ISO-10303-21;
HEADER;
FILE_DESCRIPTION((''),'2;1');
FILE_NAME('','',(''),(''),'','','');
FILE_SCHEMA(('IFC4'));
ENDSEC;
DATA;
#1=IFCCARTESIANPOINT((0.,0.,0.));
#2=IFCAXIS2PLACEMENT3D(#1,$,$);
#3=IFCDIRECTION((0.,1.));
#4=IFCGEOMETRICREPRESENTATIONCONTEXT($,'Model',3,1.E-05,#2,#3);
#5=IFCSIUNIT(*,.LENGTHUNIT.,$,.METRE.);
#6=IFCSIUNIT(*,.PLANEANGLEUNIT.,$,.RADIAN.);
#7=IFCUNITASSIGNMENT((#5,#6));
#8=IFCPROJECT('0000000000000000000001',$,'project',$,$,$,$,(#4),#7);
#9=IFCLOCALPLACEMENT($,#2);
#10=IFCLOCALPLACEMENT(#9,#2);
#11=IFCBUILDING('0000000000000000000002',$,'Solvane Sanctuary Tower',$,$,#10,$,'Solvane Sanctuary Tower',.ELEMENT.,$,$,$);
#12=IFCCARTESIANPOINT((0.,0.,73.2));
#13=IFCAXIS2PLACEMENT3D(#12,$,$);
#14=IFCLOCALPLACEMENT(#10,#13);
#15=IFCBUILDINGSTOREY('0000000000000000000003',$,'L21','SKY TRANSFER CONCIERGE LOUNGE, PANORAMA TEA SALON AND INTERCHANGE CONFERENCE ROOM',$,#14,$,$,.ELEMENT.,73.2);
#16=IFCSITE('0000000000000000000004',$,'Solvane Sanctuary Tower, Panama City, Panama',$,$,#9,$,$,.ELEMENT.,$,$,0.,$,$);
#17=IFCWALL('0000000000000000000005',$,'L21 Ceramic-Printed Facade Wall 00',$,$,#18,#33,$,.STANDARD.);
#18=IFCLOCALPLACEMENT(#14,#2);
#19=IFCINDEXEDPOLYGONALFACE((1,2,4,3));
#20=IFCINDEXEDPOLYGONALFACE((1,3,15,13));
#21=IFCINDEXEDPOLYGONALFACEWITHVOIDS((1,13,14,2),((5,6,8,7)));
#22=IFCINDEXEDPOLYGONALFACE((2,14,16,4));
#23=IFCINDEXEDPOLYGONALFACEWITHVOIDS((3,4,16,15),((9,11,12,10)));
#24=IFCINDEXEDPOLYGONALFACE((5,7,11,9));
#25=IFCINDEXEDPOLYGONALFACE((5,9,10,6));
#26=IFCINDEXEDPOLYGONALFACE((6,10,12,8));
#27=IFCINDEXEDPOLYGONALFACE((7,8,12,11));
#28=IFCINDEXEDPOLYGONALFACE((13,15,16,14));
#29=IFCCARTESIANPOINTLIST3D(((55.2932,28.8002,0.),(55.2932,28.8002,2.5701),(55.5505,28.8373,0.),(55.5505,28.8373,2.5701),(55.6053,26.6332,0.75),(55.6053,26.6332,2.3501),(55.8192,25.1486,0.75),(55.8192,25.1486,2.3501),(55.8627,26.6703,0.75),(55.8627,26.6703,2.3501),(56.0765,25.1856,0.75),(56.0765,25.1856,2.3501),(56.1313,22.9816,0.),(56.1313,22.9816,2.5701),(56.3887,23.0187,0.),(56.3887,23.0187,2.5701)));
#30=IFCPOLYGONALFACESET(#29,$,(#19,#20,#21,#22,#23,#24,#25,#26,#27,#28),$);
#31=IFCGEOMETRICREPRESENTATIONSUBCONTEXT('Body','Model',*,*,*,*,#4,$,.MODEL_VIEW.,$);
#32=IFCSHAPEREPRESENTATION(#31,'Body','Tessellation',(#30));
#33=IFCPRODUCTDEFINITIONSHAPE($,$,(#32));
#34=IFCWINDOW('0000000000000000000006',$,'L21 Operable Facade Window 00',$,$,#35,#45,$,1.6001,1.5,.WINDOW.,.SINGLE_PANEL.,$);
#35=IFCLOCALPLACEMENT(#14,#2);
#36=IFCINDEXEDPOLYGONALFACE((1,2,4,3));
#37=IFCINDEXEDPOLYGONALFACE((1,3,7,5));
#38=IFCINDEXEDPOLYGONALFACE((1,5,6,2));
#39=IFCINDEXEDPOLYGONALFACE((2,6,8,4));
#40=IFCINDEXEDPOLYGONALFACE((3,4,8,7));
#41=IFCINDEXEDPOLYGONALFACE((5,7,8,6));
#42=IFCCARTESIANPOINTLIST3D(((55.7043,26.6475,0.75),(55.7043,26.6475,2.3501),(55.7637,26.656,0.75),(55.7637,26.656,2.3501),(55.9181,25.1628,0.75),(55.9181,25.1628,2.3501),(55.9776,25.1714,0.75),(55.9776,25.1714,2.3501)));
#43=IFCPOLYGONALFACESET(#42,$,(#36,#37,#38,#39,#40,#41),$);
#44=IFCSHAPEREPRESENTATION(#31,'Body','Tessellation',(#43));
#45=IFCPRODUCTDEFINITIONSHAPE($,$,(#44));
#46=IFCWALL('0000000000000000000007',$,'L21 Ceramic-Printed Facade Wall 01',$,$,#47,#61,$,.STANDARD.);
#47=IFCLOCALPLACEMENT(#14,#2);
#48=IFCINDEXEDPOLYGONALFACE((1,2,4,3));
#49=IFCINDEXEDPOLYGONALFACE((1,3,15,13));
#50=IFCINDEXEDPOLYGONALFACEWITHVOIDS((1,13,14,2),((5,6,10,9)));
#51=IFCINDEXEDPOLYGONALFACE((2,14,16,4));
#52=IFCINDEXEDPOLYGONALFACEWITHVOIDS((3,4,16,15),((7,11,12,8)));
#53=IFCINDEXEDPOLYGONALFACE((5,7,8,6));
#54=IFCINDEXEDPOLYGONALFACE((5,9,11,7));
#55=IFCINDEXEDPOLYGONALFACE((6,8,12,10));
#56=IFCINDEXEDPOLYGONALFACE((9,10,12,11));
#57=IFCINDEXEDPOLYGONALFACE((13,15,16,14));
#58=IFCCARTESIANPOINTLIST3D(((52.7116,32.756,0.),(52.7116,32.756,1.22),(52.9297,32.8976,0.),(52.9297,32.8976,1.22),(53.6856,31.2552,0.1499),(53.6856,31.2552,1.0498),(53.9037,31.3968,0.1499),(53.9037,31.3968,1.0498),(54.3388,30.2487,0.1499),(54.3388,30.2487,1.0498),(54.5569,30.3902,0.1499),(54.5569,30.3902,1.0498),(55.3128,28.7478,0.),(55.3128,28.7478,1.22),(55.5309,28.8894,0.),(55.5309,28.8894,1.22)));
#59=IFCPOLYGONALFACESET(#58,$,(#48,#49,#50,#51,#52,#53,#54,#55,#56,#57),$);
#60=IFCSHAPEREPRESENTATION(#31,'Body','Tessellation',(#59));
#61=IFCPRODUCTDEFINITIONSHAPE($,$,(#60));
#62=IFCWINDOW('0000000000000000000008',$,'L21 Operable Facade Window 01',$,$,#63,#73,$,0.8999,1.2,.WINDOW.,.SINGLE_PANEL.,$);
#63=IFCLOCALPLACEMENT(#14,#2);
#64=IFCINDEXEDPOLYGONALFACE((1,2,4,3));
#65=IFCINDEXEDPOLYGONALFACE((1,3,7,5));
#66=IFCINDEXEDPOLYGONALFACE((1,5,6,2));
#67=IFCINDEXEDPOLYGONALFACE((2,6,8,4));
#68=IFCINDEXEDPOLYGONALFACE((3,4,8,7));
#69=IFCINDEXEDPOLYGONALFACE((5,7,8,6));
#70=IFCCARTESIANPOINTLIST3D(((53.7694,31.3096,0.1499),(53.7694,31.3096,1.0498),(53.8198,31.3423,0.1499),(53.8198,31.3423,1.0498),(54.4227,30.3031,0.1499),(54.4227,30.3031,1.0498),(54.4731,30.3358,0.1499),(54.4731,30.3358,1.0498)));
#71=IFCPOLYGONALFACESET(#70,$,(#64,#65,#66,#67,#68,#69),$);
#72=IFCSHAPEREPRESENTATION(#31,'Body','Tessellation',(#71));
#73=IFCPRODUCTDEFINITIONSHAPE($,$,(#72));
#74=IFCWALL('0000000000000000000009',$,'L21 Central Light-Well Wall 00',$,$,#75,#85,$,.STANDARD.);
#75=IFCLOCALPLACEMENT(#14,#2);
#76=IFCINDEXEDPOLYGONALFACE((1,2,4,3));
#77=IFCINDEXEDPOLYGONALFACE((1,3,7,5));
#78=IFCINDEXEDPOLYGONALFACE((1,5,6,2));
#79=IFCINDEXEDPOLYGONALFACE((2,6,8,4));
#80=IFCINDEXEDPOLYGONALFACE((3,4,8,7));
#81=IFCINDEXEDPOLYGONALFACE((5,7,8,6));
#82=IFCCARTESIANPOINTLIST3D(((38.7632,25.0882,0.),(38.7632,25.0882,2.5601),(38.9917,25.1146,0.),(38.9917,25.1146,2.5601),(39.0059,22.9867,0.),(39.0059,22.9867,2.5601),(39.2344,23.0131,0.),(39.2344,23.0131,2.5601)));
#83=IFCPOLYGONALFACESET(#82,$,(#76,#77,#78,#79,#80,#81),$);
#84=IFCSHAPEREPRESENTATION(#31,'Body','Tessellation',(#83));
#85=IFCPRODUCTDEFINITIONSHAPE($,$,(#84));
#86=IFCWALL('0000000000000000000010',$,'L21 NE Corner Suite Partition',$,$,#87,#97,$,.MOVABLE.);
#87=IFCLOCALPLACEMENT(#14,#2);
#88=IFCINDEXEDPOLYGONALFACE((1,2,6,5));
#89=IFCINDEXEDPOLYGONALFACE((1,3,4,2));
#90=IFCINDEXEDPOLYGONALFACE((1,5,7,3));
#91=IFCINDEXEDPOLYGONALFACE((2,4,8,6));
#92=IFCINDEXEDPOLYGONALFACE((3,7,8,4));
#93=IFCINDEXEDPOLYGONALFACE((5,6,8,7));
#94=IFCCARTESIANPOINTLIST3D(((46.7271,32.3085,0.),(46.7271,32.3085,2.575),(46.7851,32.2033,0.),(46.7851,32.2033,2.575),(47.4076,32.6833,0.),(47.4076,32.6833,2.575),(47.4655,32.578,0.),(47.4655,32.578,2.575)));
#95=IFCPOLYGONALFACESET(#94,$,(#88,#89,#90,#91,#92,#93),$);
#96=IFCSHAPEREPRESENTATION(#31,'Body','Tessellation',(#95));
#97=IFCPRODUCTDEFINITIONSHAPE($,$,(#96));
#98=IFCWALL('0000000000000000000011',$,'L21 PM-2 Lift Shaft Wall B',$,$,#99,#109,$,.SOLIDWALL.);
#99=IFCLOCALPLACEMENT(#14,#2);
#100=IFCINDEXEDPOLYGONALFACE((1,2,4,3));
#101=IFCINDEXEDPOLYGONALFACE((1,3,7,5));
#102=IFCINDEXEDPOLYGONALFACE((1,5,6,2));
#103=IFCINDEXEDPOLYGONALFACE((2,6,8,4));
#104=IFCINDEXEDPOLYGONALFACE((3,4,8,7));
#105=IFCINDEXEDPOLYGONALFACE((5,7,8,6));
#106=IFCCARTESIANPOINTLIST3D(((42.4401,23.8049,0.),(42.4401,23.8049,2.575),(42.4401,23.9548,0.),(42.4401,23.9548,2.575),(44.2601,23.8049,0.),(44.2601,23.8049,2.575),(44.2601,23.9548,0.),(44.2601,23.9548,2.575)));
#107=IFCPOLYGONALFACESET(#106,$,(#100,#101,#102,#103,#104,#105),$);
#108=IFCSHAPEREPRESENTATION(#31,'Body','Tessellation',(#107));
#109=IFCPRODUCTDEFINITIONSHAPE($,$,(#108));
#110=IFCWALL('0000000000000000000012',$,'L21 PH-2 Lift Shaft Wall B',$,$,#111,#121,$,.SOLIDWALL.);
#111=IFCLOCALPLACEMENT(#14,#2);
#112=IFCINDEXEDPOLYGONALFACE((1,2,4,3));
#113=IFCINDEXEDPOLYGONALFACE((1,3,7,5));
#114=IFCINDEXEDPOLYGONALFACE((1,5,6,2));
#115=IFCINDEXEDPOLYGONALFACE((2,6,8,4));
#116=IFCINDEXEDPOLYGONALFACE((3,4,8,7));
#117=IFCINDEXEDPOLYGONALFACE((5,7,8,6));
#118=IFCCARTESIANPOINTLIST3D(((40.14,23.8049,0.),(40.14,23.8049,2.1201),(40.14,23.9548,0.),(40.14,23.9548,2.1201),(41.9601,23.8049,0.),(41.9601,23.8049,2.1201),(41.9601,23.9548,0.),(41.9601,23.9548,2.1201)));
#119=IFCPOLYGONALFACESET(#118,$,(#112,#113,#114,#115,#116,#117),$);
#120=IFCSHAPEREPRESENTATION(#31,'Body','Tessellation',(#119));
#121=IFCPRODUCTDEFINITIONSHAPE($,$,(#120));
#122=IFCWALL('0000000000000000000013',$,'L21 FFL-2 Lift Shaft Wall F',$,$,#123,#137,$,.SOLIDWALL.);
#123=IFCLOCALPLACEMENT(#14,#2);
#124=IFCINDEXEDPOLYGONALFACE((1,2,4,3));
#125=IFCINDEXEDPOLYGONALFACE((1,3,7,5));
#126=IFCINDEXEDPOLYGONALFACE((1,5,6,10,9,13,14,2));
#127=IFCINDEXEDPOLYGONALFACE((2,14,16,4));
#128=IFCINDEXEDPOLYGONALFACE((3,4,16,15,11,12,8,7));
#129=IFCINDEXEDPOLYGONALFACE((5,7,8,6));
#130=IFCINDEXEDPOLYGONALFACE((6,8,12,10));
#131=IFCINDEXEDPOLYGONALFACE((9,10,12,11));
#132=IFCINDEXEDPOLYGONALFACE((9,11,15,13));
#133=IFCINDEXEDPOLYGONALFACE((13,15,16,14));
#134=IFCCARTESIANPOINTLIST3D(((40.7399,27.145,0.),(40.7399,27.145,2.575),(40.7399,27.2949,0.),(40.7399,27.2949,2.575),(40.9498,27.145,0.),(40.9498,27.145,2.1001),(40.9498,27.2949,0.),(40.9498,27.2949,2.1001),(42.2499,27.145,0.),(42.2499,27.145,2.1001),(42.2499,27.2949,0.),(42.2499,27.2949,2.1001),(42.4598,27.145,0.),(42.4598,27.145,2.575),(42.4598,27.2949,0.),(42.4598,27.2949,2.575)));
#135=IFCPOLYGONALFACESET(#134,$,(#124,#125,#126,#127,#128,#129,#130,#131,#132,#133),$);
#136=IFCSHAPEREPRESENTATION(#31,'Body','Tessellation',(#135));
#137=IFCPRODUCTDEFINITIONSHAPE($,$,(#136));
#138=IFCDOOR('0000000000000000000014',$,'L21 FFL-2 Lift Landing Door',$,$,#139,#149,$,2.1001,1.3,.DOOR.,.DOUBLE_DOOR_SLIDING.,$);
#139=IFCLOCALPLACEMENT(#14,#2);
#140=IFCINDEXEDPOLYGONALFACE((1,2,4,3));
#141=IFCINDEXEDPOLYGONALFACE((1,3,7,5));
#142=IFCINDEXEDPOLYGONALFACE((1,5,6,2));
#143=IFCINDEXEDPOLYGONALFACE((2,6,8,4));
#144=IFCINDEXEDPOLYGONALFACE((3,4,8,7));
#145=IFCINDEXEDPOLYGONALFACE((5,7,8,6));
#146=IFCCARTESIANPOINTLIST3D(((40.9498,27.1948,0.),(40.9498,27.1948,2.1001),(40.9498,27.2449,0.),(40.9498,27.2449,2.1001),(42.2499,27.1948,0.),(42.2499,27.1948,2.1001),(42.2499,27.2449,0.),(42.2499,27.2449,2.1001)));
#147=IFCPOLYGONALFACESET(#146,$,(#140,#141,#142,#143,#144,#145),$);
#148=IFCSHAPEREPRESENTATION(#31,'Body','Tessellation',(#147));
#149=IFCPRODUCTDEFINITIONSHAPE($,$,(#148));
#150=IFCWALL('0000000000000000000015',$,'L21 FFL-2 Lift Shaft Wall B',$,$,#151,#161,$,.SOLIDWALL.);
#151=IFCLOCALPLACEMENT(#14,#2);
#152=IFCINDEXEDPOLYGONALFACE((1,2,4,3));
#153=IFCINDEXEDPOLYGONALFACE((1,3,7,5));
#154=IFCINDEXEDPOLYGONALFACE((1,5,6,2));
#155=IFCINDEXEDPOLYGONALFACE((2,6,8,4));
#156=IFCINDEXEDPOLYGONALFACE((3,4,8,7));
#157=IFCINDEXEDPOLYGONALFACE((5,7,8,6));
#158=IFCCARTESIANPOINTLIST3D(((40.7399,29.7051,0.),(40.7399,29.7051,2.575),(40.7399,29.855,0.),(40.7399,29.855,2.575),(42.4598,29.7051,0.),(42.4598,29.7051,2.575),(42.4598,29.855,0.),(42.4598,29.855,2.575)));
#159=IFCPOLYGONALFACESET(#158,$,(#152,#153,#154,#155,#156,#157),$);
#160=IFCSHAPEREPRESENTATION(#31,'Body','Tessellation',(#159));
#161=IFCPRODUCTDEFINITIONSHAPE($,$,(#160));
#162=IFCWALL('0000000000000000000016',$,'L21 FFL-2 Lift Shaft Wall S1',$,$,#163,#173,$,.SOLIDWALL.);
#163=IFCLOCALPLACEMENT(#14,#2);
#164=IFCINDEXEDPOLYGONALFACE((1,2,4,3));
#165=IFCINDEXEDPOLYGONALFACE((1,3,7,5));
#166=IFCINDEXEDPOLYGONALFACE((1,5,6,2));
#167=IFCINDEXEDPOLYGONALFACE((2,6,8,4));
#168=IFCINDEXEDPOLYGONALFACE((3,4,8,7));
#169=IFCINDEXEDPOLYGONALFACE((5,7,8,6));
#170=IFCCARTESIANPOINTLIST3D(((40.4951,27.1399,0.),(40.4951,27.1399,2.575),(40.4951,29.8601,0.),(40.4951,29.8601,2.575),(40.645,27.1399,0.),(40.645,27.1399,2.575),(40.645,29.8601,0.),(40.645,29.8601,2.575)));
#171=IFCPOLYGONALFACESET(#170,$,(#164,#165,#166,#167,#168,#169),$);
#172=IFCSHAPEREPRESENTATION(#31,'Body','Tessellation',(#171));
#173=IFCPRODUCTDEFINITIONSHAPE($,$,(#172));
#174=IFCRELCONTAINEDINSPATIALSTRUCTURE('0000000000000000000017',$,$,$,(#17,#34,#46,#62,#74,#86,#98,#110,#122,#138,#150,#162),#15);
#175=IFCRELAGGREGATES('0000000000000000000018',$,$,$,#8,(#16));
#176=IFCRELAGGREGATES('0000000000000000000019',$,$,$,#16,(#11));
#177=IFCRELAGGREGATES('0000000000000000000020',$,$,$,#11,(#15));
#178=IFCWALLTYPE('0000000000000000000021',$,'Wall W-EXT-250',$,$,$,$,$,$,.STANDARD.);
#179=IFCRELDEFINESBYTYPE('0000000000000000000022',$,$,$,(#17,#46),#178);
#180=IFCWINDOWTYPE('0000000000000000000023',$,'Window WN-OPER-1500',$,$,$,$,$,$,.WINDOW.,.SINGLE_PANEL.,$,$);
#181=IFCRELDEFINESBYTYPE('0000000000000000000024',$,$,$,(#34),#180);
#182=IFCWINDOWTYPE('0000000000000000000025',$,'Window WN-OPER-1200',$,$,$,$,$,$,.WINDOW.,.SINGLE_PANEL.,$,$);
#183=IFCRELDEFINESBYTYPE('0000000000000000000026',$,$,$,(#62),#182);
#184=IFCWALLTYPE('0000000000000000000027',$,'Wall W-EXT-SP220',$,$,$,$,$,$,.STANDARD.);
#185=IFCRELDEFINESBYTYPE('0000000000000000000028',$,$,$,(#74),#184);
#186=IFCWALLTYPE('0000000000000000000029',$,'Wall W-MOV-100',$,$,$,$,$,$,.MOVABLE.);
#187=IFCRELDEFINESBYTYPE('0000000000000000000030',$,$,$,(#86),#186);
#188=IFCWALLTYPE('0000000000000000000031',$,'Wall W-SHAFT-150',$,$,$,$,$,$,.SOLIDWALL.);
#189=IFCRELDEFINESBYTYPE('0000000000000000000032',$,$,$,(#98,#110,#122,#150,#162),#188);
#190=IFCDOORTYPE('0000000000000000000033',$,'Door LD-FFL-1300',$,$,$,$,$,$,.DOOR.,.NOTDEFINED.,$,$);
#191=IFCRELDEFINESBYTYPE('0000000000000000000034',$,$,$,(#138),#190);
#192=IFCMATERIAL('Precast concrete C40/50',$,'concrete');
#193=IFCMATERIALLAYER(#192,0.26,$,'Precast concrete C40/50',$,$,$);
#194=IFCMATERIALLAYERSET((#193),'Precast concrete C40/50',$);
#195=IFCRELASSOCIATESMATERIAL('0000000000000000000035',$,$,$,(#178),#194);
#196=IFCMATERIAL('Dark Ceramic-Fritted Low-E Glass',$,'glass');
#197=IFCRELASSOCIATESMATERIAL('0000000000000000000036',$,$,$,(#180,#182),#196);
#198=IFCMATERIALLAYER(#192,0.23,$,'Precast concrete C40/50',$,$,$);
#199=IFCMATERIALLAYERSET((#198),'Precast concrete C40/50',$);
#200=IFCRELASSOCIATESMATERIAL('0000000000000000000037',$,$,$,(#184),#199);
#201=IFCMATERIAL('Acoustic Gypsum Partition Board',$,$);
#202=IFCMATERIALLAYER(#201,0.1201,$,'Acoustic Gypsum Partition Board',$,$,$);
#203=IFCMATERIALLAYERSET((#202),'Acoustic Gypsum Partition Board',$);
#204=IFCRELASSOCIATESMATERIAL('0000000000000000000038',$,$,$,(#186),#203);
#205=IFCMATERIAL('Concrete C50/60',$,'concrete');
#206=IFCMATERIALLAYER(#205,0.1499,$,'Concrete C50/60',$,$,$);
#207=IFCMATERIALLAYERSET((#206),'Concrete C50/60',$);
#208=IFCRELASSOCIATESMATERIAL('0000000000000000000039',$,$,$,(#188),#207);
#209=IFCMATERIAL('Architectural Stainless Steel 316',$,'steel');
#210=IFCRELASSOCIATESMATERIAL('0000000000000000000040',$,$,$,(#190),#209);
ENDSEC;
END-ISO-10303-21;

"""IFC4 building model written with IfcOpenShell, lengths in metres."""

from ifc_helpers import new_model, si_unit, direction, frame, frame_2d, origin, place, context, subcontext, project, spatial, rectangle, extrude, material, layer, layer_set, type_object, element, fill, save


model = new_model("IFC4")

# Units and contexts
model_context = context("Model", 3, precision=1e-05, world=origin(), true_north=direction((0.0, 1.0)))
body_context = subcontext(model_context, "Body", "Model", "MODEL_VIEW")
ifc_project = project(units=[si_unit("LENGTHUNIT", "METRE"), si_unit("PLANEANGLEUNIT", "RADIAN")], contexts=[model_context])

# Site, building, storey
site_placement = place(None, origin())
site = spatial("IfcSite", under=ifc_project, at=site_placement, Name="Solvane Sanctuary Tower, Panama City, Panama", CompositionType="ELEMENT", RefElevation=0.0)
building_placement = place(site_placement, origin())
building = spatial("IfcBuilding", under=site, at=building_placement, Name="Solvane Sanctuary Tower", LongName="Solvane Sanctuary Tower", CompositionType="ELEMENT")
storey_placement = place(building_placement, frame((0.0, 0.0, 73.2)))
storey = spatial("IfcBuildingStorey", under=building, at=storey_placement, Name="L21", Description="SKY TRANSFER CONCIERGE LOUNGE, PANORAMA TEA SALON AND INTERCHANGE CONFERENCE ROOM", CompositionType="ELEMENT", Elevation=73.2)

# Shared definitions
ifc_material_1 = material(Name="Acoustic Gypsum Partition Board")

# Shared definitions
ifc_material_2 = material(Name="Architectural Stainless Steel 316", Category="steel")

# Walls, openings, windows
ifc_material_3 = material(Name="Precast concrete C40/50", Category="concrete")
ifc_layer_1 = layer(ifc_material_3, 0.26, Name="Precast concrete C40/50")
ifc_layer_set_1 = layer_set([ifc_layer_1], Name="Precast concrete C40/50")
wall_type_1 = type_object("IfcWallType", Name="Wall W-EXT-250", PredefinedType="STANDARD", material=ifc_layer_set_1)
wall_1_placement = place(storey_placement, frame((56.26, 23.0, 0.0), z_axis=(0.0, 0.0, 1.0), x_axis=(-0.142572, 0.989784, 0.0)))
wall_1 = element("IfcWall", 1, at=wall_1_placement, inside=storey, type_object=wall_type_1, Name="L21 Ceramic-Printed Facade Wall 00", PredefinedType="STANDARD", context=body_context, shape_type="SweptSolid", body=[
    extrude(rectangle(XDim=5.8787, YDim=0.26, at=frame_2d((2.9395, 0.0))), origin(), (0.0, 0.0, 1.0), 2.5701),
])
opening_1_placement = place(wall_1_placement, frame((2.1895, 0.0, 0.75)))
opening_1 = element("IfcOpeningElement", 2, at=opening_1_placement, cuts=wall_1, PredefinedType="OPENING", context=body_context, shape_type="SweptSolid", body=[
    extrude(rectangle(XDim=1.5, YDim=1.6001, at=frame_2d((0.75, 0.8))), frame((0.0, 0.1399, 0.0), z_axis=(0.0, -1.0, 0.0), x_axis=(1.0, 0.0, 0.0)), (0.0, 0.0, 1.0), 0.28),
])
ifc_material_4 = material(Name="Dark Ceramic-Fritted Low-E Glass", Category="glass")
window_type_1 = type_object("IfcWindowType", Name="Window WN-OPER-1500", PartitioningType="SINGLE_PANEL", PredefinedType="WINDOW", material=ifc_material_4)
window_1_placement = place(opening_1_placement, origin())
window_1 = element("IfcWindow", 3, at=window_1_placement, inside=storey, type_object=window_type_1, Name="L21 Operable Facade Window 00", OverallHeight=1.6001, OverallWidth=1.5, PartitioningType="SINGLE_PANEL", PredefinedType="WINDOW", context=body_context, shape_type="SweptSolid", body=[
    extrude(rectangle(XDim=1.5, YDim=1.6001, at=frame_2d((0.75, 0.8))), frame((0.0, 0.03, 0.0), z_axis=(0.0, -1.0, 0.0), x_axis=(1.0, 0.0, 0.0)), (0.0, 0.0, 1.0), 0.0601),
])
fill(opening_1, window_1)
wall_2_placement = place(storey_placement, frame((55.4219, 28.8186, 0.0), z_axis=(0.0, 0.0, 1.0), x_axis=(-0.544388, 0.838833, 0.0)))
wall_2 = element("IfcWall", 4, at=wall_2_placement, inside=storey, type_object=wall_type_1, Name="L21 Ceramic-Printed Facade Wall 01", PredefinedType="STANDARD", context=body_context, shape_type="SweptSolid", body=[
    extrude(rectangle(XDim=4.7783, YDim=0.26, at=frame_2d((2.3892, 0.0))), origin(), (0.0, 0.0, 1.0), 1.22),
])
opening_2_placement = place(wall_2_placement, frame((1.7891, 0.0, 0.1499)))
opening_2 = element("IfcOpeningElement", 5, at=opening_2_placement, cuts=wall_2, PredefinedType="OPENING", context=body_context, shape_type="SweptSolid", body=[
    extrude(rectangle(XDim=1.2, YDim=0.8999, at=frame_2d((0.6001, 0.45))), frame((0.0, 0.1399, 0.0), z_axis=(0.0, -1.0, 0.0), x_axis=(1.0, 0.0, 0.0)), (0.0, 0.0, 1.0), 0.28),
])
window_type_2 = type_object("IfcWindowType", Name="Window WN-OPER-1200", PartitioningType="SINGLE_PANEL", PredefinedType="WINDOW", material=ifc_material_4)
window_2_placement = place(opening_2_placement, origin())
window_2 = element("IfcWindow", 6, at=window_2_placement, inside=storey, type_object=window_type_2, Name="L21 Operable Facade Window 01", OverallHeight=0.8999, OverallWidth=1.2, PartitioningType="SINGLE_PANEL", PredefinedType="WINDOW", context=body_context, shape_type="SweptSolid", body=[
    extrude(rectangle(XDim=1.2, YDim=0.8999, at=frame_2d((0.6001, 0.45))), frame((0.0, 0.03, 0.0), z_axis=(0.0, -1.0, 0.0), x_axis=(1.0, 0.0, 0.0)), (0.0, 0.0, 1.0), 0.0601),
])
fill(opening_2, window_2)

# Walls
ifc_layer_2 = layer(ifc_material_3, 0.23, Name="Precast concrete C40/50")
ifc_layer_set_2 = layer_set([ifc_layer_2], Name="Precast concrete C40/50")
wall_type_2 = type_object("IfcWallType", Name="Wall W-EXT-SP220", PredefinedType="STANDARD", material=ifc_layer_set_2)
wall_3_placement = place(storey_placement, frame((39.1201, 23.0, 0.0), z_axis=(0.0, 0.0, 1.0), x_axis=(-0.114712, 0.993399, 0.0)))
element("IfcWall", 7, at=wall_3_placement, inside=storey, type_object=wall_type_2, Name="L21 Central Light-Well Wall 00", PredefinedType="STANDARD", context=body_context, shape_type="SweptSolid", body=[
    extrude(rectangle(XDim=2.1155, YDim=0.23, at=frame_2d((1.0576, 0.0))), origin(), (0.0, 0.0, 1.0), 2.5601),
])
ifc_layer_3 = layer(ifc_material_1, 0.1201, Name="Acoustic Gypsum Partition Board")
ifc_layer_set_3 = layer_set([ifc_layer_3], Name="Acoustic Gypsum Partition Board")
wall_type_3 = type_object("IfcWallType", Name="Wall W-MOV-100", PredefinedType="MOVABLE", material=ifc_layer_set_3)
wall_4_placement = place(storey_placement, frame((46.7561, 32.2559, 0.0), z_axis=(0.0, 0.0, 1.0), x_axis=(0.87593, 0.482437, 0.0)))
element("IfcWall", 8, at=wall_4_placement, inside=storey, type_object=wall_type_3, Name="L21 NE Corner Suite Partition", PredefinedType="MOVABLE", context=body_context, shape_type="SweptSolid", body=[
    extrude(rectangle(XDim=0.7769, YDim=0.1201, at=frame_2d((0.3884, 0.0))), origin(), (0.0, 0.0, 1.0), 2.575),
])
ifc_material_5 = material(Name="Concrete C50/60", Category="concrete")
ifc_layer_4 = layer(ifc_material_5, 0.1499, Name="Concrete C50/60")
ifc_layer_set_4 = layer_set([ifc_layer_4], Name="Concrete C50/60")
wall_type_4 = type_object("IfcWallType", Name="Wall W-SHAFT-150", PredefinedType="SOLIDWALL", material=ifc_layer_set_4)
wall_5_placement = place(storey_placement, frame((42.4399, 23.8799, 0.0), z_axis=(0.0, 0.0, 1.0), x_axis=(1.0, 0.0, 0.0)))
element("IfcWall", 9, at=wall_5_placement, inside=storey, type_object=wall_type_4, Name="L21 PM-2 Lift Shaft Wall B", PredefinedType="SOLIDWALL", context=body_context, shape_type="SweptSolid", body=[
    extrude(rectangle(XDim=1.8201, YDim=0.1499, at=frame_2d((0.9102, 0.0))), origin(), (0.0, 0.0, 1.0), 2.575),
])
wall_6_placement = place(storey_placement, frame((40.1399, 23.8799, 0.0), z_axis=(0.0, 0.0, 1.0), x_axis=(1.0, 0.0, 0.0)))
element("IfcWall", 10, at=wall_6_placement, inside=storey, type_object=wall_type_4, Name="L21 PH-2 Lift Shaft Wall B", PredefinedType="SOLIDWALL", context=body_context, shape_type="SweptSolid", body=[
    extrude(rectangle(XDim=1.8201, YDim=0.1499, at=frame_2d((0.9102, 0.0))), origin(), (0.0, 0.0, 1.0), 2.1201),
])

# Wall, opening, door
wall_7_placement = place(storey_placement, frame((40.74, 27.22, 0.0), z_axis=(0.0, 0.0, 1.0), x_axis=(1.0, 0.0, 0.0)))
wall_7 = element("IfcWall", 11, at=wall_7_placement, inside=storey, type_object=wall_type_4, Name="L21 FFL-2 Lift Shaft Wall F", PredefinedType="SOLIDWALL", context=body_context, shape_type="SweptSolid", body=[
    extrude(rectangle(XDim=1.72, YDim=0.1499, at=frame_2d((0.8599, 0.0))), origin(), (0.0, 0.0, 1.0), 2.575),
])
opening_3_placement = place(wall_7_placement, frame((0.21, 0.0, 0.0)))
opening_3 = element("IfcOpeningElement", 12, at=opening_3_placement, cuts=wall_7, PredefinedType="OPENING", context=body_context, shape_type="SweptSolid", body=[
    extrude(rectangle(XDim=1.3, YDim=2.1001, at=frame_2d((0.6499, 1.05))), frame((0.0, 0.085, 0.0), z_axis=(0.0, -1.0, 0.0), x_axis=(1.0, 0.0, 0.0)), (0.0, 0.0, 1.0), 0.1699),
])
door_type_1 = type_object("IfcDoorType", Name="Door LD-FFL-1300", OperationType="NOTDEFINED", PredefinedType="DOOR", material=ifc_material_2)
door_1_placement = place(opening_3_placement, origin())
door_1 = element("IfcDoor", 13, at=door_1_placement, inside=storey, type_object=door_type_1, Name="L21 FFL-2 Lift Landing Door", OperationType="DOUBLE_DOOR_SLIDING", OverallHeight=2.1001, OverallWidth=1.3, PredefinedType="DOOR", context=body_context, shape_type="SweptSolid", body=[
    extrude(rectangle(XDim=1.3, YDim=2.1001, at=frame_2d((0.6499, 1.05))), frame((0.0, 0.0249, 0.0), z_axis=(0.0, -1.0, 0.0), x_axis=(1.0, 0.0, 0.0)), (0.0, 0.0, 1.0), 0.05),
])
fill(opening_3, door_1)

# Walls
wall_8_placement = place(storey_placement, frame((40.74, 29.78, 0.0), z_axis=(0.0, 0.0, 1.0), x_axis=(1.0, 0.0, 0.0)))
element("IfcWall", 14, at=wall_8_placement, inside=storey, type_object=wall_type_4, Name="L21 FFL-2 Lift Shaft Wall B", PredefinedType="SOLIDWALL", context=body_context, shape_type="SweptSolid", body=[
    extrude(rectangle(XDim=1.72, YDim=0.1499, at=frame_2d((0.8599, 0.0))), origin(), (0.0, 0.0, 1.0), 2.575),
])
for number, where, z_axis, x_axis, name in (
    (15, (40.5701, 27.1399, 0.0), (0.0, 0.0, 1.0), (0.0, 1.0, 0.0), "L21 FFL-2 Lift Shaft Wall S1"),
):
    element("IfcWall", number, at=place(storey_placement, frame(where, z_axis=z_axis, x_axis=x_axis)), inside=storey, type_object=wall_type_4, Name=name, PredefinedType="SOLIDWALL", context=body_context, shape_type="SweptSolid", body=[
        extrude(rectangle(XDim=2.7202, YDim=0.1499, at=frame_2d((1.3601, 0.0))), origin(), (0.0, 0.0, 1.0), 2.575),
    ])

save(model, "model.ifc")
